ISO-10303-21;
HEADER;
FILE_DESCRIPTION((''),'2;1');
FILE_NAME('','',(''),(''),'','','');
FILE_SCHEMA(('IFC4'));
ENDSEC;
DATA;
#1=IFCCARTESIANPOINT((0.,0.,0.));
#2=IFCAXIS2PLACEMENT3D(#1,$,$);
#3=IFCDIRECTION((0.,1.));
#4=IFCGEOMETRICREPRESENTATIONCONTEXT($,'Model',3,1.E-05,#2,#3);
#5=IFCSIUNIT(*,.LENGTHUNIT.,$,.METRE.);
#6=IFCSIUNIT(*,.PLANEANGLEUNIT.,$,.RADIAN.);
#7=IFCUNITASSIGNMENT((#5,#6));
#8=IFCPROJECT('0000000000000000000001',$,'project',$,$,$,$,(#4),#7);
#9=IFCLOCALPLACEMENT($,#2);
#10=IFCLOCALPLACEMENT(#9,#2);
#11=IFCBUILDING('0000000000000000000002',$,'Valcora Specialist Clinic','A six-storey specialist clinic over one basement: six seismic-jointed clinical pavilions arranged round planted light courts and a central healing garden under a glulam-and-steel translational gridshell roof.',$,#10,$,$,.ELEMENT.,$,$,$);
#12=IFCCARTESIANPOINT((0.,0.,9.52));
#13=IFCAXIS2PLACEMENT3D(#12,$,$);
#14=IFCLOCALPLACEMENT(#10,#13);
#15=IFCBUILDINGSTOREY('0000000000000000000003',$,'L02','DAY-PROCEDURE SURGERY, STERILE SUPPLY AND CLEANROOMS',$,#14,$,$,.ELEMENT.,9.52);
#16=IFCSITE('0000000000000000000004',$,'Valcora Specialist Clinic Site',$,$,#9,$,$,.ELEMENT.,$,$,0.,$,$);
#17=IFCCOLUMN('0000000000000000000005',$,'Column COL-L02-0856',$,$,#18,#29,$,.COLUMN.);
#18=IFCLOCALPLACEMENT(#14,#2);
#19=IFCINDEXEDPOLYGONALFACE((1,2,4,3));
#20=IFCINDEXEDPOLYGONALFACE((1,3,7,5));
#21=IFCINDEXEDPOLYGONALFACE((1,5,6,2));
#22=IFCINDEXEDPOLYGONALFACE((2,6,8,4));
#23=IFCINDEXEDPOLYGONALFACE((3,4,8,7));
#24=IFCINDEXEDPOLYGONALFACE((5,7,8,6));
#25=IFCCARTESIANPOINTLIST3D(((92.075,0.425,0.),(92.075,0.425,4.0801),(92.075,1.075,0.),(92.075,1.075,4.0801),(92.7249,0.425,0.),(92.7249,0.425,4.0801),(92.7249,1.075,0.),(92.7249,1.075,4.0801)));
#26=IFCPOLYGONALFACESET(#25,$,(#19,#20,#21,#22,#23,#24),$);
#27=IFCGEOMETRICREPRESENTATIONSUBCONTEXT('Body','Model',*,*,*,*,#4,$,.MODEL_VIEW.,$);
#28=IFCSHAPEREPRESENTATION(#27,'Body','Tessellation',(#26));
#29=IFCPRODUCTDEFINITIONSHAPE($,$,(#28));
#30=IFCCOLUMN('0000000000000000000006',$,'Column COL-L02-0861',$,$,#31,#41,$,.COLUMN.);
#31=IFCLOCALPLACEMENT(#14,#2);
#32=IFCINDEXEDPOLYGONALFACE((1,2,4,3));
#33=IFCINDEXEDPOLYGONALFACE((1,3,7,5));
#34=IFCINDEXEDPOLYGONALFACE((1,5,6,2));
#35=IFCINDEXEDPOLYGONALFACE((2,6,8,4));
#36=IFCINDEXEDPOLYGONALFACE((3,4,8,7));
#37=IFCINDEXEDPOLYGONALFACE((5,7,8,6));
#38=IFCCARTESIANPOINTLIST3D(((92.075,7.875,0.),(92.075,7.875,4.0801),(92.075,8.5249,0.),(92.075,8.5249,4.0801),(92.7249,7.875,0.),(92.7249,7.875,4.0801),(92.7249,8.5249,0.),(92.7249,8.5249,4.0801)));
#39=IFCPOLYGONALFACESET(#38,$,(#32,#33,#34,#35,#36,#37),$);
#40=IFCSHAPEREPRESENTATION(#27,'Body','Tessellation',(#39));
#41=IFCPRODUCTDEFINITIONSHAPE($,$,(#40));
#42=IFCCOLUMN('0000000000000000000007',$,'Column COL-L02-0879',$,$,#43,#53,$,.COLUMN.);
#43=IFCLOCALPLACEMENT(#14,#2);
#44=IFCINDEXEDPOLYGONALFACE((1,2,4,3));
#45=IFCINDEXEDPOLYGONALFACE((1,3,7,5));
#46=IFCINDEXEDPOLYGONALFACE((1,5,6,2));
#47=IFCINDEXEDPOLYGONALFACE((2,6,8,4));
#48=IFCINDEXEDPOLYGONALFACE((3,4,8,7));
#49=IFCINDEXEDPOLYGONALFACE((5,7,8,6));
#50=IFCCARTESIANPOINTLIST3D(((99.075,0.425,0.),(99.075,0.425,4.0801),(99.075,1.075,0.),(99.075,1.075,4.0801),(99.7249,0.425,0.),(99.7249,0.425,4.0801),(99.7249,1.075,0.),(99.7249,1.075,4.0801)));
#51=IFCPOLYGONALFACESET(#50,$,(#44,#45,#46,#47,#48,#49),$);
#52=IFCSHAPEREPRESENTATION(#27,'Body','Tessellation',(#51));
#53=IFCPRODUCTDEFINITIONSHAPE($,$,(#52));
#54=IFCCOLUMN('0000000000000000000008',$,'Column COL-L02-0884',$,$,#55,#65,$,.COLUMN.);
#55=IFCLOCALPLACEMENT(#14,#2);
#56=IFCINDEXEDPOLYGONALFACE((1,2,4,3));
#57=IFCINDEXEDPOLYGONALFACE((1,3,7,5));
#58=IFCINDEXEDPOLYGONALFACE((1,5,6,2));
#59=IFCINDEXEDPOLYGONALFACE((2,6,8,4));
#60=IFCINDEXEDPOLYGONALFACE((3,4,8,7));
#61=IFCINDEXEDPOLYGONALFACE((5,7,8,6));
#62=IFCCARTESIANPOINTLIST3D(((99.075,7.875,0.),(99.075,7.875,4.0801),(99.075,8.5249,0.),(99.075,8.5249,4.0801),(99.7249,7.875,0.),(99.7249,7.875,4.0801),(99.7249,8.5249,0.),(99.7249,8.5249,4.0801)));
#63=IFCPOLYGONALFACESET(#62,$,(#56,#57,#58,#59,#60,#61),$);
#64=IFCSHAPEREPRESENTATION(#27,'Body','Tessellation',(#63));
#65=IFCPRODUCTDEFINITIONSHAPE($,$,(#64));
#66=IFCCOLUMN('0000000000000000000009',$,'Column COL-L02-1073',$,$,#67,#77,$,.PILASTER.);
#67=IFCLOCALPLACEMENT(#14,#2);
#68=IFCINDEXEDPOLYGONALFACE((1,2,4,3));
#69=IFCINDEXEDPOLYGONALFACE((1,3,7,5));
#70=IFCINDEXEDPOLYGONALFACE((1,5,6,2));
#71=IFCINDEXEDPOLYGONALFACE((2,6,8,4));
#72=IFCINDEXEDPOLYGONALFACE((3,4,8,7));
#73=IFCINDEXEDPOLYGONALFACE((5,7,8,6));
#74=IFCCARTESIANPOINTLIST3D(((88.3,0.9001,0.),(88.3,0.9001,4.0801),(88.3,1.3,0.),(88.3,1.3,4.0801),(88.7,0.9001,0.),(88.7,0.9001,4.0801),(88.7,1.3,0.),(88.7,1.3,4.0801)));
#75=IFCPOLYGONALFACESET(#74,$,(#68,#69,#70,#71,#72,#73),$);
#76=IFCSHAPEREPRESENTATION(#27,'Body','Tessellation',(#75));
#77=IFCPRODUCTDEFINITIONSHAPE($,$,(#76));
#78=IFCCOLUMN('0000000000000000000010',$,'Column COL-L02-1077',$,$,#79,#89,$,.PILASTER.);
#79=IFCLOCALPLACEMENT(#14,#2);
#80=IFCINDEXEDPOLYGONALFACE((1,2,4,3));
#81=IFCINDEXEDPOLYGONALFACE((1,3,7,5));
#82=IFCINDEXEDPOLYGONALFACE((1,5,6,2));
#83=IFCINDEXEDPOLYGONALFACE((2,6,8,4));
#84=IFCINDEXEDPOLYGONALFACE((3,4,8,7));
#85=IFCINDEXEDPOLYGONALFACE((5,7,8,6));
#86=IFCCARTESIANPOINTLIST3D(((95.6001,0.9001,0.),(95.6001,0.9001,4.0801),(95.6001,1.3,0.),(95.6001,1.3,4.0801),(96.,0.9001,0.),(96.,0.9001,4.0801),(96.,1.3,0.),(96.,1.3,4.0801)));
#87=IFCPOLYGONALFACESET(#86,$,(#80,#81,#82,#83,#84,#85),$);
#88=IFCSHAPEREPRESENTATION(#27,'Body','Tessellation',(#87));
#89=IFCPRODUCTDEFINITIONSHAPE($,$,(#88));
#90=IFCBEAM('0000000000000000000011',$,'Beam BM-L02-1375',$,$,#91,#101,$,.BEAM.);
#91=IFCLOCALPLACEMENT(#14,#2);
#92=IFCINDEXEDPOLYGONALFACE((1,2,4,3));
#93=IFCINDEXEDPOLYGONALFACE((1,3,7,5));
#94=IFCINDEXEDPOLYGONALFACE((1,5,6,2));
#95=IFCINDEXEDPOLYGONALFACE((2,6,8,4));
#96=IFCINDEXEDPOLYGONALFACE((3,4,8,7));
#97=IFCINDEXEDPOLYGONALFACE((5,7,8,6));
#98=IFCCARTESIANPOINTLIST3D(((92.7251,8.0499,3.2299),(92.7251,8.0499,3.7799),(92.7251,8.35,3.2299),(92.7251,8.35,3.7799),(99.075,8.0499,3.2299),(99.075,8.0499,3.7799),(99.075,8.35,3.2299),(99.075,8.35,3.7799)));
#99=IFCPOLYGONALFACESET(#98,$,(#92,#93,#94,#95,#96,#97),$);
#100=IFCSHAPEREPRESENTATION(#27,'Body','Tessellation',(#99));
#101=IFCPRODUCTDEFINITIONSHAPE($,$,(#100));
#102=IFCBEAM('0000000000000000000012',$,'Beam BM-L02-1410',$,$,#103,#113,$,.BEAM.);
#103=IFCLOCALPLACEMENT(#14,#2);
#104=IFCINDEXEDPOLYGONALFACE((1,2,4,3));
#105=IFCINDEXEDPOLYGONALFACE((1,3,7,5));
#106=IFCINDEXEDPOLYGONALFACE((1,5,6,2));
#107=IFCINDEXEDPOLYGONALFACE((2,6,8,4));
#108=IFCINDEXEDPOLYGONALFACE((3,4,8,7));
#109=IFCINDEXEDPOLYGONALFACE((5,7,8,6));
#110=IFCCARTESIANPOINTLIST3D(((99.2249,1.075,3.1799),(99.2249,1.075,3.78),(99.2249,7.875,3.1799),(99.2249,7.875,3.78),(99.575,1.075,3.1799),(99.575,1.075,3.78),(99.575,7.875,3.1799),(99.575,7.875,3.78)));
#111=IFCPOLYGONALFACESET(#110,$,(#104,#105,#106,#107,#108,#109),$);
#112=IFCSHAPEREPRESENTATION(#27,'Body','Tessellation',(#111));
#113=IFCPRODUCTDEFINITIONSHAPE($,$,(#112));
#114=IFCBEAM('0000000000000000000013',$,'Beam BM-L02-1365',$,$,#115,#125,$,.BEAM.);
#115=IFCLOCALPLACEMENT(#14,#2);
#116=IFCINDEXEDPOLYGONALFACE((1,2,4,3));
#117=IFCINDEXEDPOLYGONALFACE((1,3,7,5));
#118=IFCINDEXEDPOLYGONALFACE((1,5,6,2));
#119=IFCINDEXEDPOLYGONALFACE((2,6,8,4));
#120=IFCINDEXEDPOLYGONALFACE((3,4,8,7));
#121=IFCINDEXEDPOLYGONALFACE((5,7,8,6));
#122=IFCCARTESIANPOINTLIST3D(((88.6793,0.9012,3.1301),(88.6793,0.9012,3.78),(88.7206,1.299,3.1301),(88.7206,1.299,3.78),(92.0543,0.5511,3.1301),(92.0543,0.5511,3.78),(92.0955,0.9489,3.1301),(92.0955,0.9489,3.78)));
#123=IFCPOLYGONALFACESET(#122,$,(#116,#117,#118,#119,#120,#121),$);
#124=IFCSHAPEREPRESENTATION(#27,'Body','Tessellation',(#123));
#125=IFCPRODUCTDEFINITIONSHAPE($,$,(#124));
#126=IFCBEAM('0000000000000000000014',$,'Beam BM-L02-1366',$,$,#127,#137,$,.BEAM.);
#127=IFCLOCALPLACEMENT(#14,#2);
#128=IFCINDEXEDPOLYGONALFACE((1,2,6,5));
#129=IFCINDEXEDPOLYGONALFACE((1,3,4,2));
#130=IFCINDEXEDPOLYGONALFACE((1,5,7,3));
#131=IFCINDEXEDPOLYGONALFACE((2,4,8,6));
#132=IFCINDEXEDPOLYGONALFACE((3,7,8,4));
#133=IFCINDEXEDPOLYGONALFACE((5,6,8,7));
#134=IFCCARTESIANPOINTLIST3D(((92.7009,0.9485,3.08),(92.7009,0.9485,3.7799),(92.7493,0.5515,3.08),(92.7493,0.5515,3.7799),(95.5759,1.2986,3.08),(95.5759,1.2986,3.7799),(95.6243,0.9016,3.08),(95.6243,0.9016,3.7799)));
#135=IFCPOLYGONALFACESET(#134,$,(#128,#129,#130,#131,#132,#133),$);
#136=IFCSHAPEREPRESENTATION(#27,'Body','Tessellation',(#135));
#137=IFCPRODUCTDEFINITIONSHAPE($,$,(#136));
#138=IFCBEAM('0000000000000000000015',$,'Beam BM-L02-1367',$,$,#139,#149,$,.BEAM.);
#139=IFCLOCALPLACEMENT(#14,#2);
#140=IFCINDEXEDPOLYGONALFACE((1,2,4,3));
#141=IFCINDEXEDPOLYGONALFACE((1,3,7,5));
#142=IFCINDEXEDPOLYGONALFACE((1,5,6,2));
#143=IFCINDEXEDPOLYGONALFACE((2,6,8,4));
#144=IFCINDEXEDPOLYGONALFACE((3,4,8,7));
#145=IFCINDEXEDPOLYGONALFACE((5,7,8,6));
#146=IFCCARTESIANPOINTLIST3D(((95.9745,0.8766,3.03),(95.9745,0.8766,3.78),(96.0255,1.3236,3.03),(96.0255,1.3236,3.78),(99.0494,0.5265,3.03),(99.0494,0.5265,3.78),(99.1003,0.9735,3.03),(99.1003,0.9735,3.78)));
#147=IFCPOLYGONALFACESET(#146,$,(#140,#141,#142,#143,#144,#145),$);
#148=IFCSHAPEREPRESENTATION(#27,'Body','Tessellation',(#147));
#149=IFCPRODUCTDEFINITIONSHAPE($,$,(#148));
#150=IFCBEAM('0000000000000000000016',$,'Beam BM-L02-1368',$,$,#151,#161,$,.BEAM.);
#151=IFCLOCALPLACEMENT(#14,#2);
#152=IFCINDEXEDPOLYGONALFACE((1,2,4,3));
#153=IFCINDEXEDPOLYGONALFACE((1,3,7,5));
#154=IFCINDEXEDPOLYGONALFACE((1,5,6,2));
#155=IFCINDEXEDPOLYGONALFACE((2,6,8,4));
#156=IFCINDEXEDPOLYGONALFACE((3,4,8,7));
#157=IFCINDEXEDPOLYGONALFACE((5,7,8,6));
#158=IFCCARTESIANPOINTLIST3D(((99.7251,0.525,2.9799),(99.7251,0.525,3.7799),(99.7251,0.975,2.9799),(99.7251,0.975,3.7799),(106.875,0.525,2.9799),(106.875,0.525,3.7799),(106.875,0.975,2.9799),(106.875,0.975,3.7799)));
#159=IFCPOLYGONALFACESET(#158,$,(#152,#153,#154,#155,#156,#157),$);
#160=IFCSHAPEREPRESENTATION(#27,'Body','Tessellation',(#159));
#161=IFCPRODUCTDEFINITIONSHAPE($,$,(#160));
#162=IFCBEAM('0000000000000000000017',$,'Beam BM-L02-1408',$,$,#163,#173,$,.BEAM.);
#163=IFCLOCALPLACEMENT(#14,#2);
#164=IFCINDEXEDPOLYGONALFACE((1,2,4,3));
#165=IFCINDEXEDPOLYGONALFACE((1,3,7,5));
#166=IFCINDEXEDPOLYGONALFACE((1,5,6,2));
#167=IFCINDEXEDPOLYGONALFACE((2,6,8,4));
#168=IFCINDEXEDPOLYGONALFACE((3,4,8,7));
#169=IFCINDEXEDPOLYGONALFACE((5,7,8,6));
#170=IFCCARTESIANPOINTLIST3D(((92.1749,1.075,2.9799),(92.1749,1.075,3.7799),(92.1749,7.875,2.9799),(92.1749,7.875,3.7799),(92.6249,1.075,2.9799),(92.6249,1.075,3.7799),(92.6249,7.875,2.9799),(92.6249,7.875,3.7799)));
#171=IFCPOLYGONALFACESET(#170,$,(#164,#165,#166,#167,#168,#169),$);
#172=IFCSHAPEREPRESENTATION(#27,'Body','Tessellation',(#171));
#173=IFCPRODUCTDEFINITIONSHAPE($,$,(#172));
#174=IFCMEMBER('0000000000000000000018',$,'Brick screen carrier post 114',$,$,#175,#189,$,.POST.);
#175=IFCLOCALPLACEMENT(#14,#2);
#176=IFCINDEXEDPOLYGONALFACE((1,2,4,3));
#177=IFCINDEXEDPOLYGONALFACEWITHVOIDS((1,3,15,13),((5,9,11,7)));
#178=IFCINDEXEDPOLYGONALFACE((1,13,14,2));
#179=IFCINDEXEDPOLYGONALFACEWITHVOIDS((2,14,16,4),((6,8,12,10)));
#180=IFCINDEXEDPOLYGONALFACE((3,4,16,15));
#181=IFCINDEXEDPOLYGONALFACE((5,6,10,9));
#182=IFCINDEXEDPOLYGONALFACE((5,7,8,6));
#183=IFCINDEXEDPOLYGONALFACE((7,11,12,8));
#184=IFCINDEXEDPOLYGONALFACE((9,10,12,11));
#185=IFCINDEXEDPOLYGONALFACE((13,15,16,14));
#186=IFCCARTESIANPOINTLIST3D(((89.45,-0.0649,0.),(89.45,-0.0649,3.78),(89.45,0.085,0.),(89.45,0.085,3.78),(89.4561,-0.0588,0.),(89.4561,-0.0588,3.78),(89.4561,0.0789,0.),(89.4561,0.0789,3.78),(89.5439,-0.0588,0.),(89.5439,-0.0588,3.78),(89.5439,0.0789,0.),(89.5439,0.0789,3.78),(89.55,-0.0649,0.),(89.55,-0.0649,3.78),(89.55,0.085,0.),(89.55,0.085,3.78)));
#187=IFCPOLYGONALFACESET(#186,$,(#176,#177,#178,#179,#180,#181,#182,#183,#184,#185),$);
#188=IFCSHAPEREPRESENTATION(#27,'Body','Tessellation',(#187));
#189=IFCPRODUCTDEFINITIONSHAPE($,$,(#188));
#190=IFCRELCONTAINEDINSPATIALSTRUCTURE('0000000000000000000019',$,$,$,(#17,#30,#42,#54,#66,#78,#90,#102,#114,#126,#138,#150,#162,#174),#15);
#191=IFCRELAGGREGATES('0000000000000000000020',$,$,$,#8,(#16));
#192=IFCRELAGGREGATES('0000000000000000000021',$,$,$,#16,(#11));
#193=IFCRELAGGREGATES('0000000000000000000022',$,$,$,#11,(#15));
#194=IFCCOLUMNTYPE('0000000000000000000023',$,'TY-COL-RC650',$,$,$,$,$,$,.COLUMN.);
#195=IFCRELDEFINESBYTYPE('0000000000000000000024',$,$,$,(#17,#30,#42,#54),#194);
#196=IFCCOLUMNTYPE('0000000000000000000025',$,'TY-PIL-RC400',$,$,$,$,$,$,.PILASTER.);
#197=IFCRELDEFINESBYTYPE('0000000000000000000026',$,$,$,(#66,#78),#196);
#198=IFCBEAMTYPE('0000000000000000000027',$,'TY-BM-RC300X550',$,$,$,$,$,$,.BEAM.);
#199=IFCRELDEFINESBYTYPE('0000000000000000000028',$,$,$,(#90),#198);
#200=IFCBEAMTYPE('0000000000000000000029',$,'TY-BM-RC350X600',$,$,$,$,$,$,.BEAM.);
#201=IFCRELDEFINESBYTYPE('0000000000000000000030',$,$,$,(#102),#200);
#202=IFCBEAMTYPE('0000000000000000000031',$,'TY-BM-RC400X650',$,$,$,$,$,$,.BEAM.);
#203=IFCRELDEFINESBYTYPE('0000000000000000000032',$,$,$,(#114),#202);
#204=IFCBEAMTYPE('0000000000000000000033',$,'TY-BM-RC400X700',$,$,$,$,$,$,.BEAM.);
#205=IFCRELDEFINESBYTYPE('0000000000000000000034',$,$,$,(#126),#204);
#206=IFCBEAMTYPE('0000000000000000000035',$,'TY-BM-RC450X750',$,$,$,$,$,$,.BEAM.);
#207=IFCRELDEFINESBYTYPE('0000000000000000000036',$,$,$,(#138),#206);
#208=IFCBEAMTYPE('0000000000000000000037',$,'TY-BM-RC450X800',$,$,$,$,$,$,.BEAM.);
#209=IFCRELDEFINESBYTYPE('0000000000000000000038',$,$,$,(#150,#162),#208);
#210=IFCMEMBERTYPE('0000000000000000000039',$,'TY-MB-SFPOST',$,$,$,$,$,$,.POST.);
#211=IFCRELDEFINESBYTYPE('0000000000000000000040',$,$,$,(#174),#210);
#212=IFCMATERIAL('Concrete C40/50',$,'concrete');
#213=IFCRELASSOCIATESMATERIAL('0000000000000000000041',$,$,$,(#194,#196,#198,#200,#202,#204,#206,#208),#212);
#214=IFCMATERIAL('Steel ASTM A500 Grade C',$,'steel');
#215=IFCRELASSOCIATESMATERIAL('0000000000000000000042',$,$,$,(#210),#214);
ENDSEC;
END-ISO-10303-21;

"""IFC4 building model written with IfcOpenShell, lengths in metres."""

from ifc_helpers import new_model, si_unit, direction, frame, origin, origin_2d, place, context, subcontext, project, spatial, rectangle, hollow_rectangle, extrude, material, material_profile, profile_set, type_object, element, save


model = new_model("IFC4")

# Units and contexts
model_context = context("Model", 3, precision=1e-05, world=origin(), true_north=direction((0.0, 1.0)))
body_context = subcontext(model_context, "Body", "Model", "MODEL_VIEW")
ifc_project = project(units=[si_unit("LENGTHUNIT", "METRE"), si_unit("PLANEANGLEUNIT", "RADIAN")], contexts=[model_context])

# Site, building, storey
site_placement = place(None, origin())
site = spatial("IfcSite", under=ifc_project, at=site_placement, Name="Valcora Specialist Clinic Site", CompositionType="ELEMENT", RefElevation=0.0)
building_placement = place(site_placement, origin())
building = spatial("IfcBuilding", under=site, at=building_placement, Name="Valcora Specialist Clinic", Description="A six-storey specialist clinic over one basement: six seismic-jointed clinical pavilions arranged round planted light courts and a central healing garden under a glulam-and-steel translational gridshell roof.", CompositionType="ELEMENT")
storey_placement = place(building_placement, frame((0.0, 0.0, 9.52)))
storey = spatial("IfcBuildingStorey", under=building, at=storey_placement, Name="L02", Description="DAY-PROCEDURE SURGERY, STERILE SUPPLY AND CLEANROOMS", CompositionType="ELEMENT", Elevation=9.52)

# Columns
ifc_material_1 = material(Name="Concrete C40/50", Category="concrete")
ifc_material_profile_1 = material_profile(ifc_material_1, rectangle(XDim=0.6499, YDim=0.6499, at=origin_2d()), Name="RC-COL-650X650")
ifc_profile_set_1 = profile_set([ifc_material_profile_1], Name="Concrete C40/50")
column_type_1 = type_object("IfcColumnType", Name="TY-COL-RC650", PredefinedType="COLUMN", material=ifc_profile_set_1)
for number, where, z_axis, x_axis, name in (
    (1, (92.3999, 0.75, 0.0), (0.0, 0.0, 1.0), (1.0, 0.0, 0.0), "Column COL-L02-0856"),
    (2, (92.3999, 8.2, 0.0), (0.0, 0.0, 1.0), (1.0, 0.0, 0.0), "Column COL-L02-0861"),
    (3, (99.3999, 0.75, 0.0), (0.0, 0.0, 1.0), (1.0, 0.0, 0.0), "Column COL-L02-0879"),
    (4, (99.3999, 8.2, 0.0), (0.0, 0.0, 1.0), (1.0, 0.0, 0.0), "Column COL-L02-0884"),
):
    element("IfcColumn", number, at=place(storey_placement, frame(where, z_axis=z_axis, x_axis=x_axis)), inside=storey, type_object=column_type_1, Name=name, PredefinedType="COLUMN", context=body_context, shape_type="SweptSolid", body=[
        extrude(rectangle(XDim=0.6499, YDim=0.6499, at=origin_2d()), origin(), (0.0, 0.0, 1.0), 4.0801),
    ])
ifc_material_profile_2 = material_profile(ifc_material_1, rectangle(XDim=0.3999, YDim=0.3999, at=origin_2d()), Name="RC-COL-400X400")
ifc_profile_set_2 = profile_set([ifc_material_profile_2], Name="Concrete C40/50")
column_type_2 = type_object("IfcColumnType", Name="TY-PIL-RC400", PredefinedType="PILASTER", material=ifc_profile_set_2)
for number, where, z_axis, x_axis, name in (
    (5, (88.5, 1.1001, 0.0), (0.0, 0.0, 1.0), (1.0, 0.0, 0.0), "Column COL-L02-1073"),
    (6, (95.8, 1.1001, 0.0), (0.0, 0.0, 1.0), (1.0, 0.0, 0.0), "Column COL-L02-1077"),
):
    element("IfcColumn", number, at=place(storey_placement, frame(where, z_axis=z_axis, x_axis=x_axis)), inside=storey, type_object=column_type_2, Name=name, PredefinedType="PILASTER", context=body_context, shape_type="SweptSolid", body=[
        extrude(rectangle(XDim=0.3999, YDim=0.3999, at=origin_2d()), origin(), (0.0, 0.0, 1.0), 4.0801),
    ])

# Beams
ifc_material_profile_3 = material_profile(ifc_material_1, rectangle(XDim=0.3, YDim=0.55, at=origin_2d()), Name="RC-BM-300X550")
ifc_profile_set_3 = profile_set([ifc_material_profile_3], Name="Concrete C40/50")
beam_type_1 = type_object("IfcBeamType", Name="TY-BM-RC300X550", PredefinedType="BEAM", material=ifc_profile_set_3)
beam_1_placement = place(storey_placement, frame((92.7251, 8.2, 3.5049), z_axis=(1.0, 0.0, 0.0), x_axis=(0.0, 1.0, 0.0)))
element("IfcBeam", 7, at=beam_1_placement, inside=storey, type_object=beam_type_1, Name="Beam BM-L02-1375", PredefinedType="BEAM", context=body_context, shape_type="SweptSolid", body=[
    extrude(rectangle(XDim=0.3, YDim=0.55, at=origin_2d()), origin(), (0.0, 0.0, 1.0), 6.3499),
])
ifc_material_profile_4 = material_profile(ifc_material_1, rectangle(XDim=0.3501, YDim=0.6001, at=origin_2d()), Name="RC-BM-350X600")
ifc_profile_set_4 = profile_set([ifc_material_profile_4], Name="Concrete C40/50")
beam_type_2 = type_object("IfcBeamType", Name="TY-BM-RC350X600", PredefinedType="BEAM", material=ifc_profile_set_4)
beam_2_placement = place(storey_placement, frame((99.3999, 1.075, 3.48), z_axis=(0.0, 1.0, 0.0), x_axis=(-1.0, 0.0, 0.0)))
element("IfcBeam", 8, at=beam_2_placement, inside=storey, type_object=beam_type_2, Name="Beam BM-L02-1410", PredefinedType="BEAM", context=body_context, shape_type="SweptSolid", body=[
    extrude(rectangle(XDim=0.3501, YDim=0.6001, at=origin_2d()), origin(), (0.0, 0.0, 1.0), 6.8),
])
ifc_material_profile_5 = material_profile(ifc_material_1, rectangle(XDim=0.3999, YDim=0.6499, at=origin_2d()), Name="RC-BM-400X650")
ifc_profile_set_5 = profile_set([ifc_material_profile_5], Name="Concrete C40/50")
beam_type_3 = type_object("IfcBeamType", Name="TY-BM-RC400X650", PredefinedType="BEAM", material=ifc_profile_set_5)
beam_3_placement = place(storey_placement, frame((88.7, 1.1001, 3.4551), z_axis=(0.994663, -0.103179, 0.0), x_axis=(0.103179, 0.994663, 0.0)))
element("IfcBeam", 9, at=beam_3_placement, inside=storey, type_object=beam_type_3, Name="Beam BM-L02-1365", PredefinedType="BEAM", context=body_context, shape_type="SweptSolid", body=[
    extrude(rectangle(XDim=0.3999, YDim=0.6499, at=origin_2d()), origin(), (0.0, 0.0, 1.0), 3.3931),
])
ifc_material_profile_6 = material_profile(ifc_material_1, rectangle(XDim=0.3999, YDim=0.7, at=origin_2d()), Name="RC-BM-400X700")
ifc_profile_set_6 = profile_set([ifc_material_profile_6], Name="Concrete C40/50")
beam_type_4 = type_object("IfcBeamType", Name="TY-BM-RC400X700", PredefinedType="BEAM", material=ifc_profile_set_6)
beam_4_placement = place(storey_placement, frame((92.7251, 0.75, 3.4299), z_axis=(0.992667, 0.12088, 0.0), x_axis=(-0.12088, 0.992667, 0.0)))
element("IfcBeam", 10, at=beam_4_placement, inside=storey, type_object=beam_type_4, Name="Beam BM-L02-1366", PredefinedType="BEAM", context=body_context, shape_type="SweptSolid", body=[
    extrude(rectangle(XDim=0.3999, YDim=0.7, at=origin_2d()), origin(), (0.0, 0.0, 1.0), 2.8962),
])
ifc_material_profile_7 = material_profile(ifc_material_1, rectangle(XDim=0.45, YDim=0.75, at=origin_2d()), Name="RC-BM-450X750")
ifc_profile_set_7 = profile_set([ifc_material_profile_7], Name="Concrete C40/50")
beam_type_5 = type_object("IfcBeamType", Name="TY-BM-RC450X750", PredefinedType="BEAM", material=ifc_profile_set_7)
beam_5_placement = place(storey_placement, frame((96.0, 1.1001, 3.405), z_axis=(0.993581, -0.113124, 0.0), x_axis=(0.113124, 0.993581, 0.0)))
element("IfcBeam", 11, at=beam_5_placement, inside=storey, type_object=beam_type_5, Name="Beam BM-L02-1367", PredefinedType="BEAM", context=body_context, shape_type="SweptSolid", body=[
    extrude(rectangle(XDim=0.45, YDim=0.75, at=origin_2d()), origin(), (0.0, 0.0, 1.0), 3.0947),
])
ifc_material_profile_8 = material_profile(ifc_material_1, rectangle(XDim=0.45, YDim=0.8, at=origin_2d()), Name="RC-BM-450X800")
ifc_profile_set_8 = profile_set([ifc_material_profile_8], Name="Concrete C40/50")
beam_type_6 = type_object("IfcBeamType", Name="TY-BM-RC450X800", PredefinedType="BEAM", material=ifc_profile_set_8)
beam_6_placement = place(storey_placement, frame((99.7251, 0.75, 3.3799), z_axis=(1.0, 0.0, 0.0), x_axis=(0.0, 1.0, 0.0)))
element("IfcBeam", 12, at=beam_6_placement, inside=storey, type_object=beam_type_6, Name="Beam BM-L02-1368", PredefinedType="BEAM", context=body_context, shape_type="SweptSolid", body=[
    extrude(rectangle(XDim=0.45, YDim=0.8, at=origin_2d()), origin(), (0.0, 0.0, 1.0), 7.1499),
])
beam_7_placement = place(storey_placement, frame((92.3999, 1.075, 3.3799), z_axis=(0.0, 1.0, 0.0), x_axis=(-1.0, 0.0, 0.0)))
element("IfcBeam", 13, at=beam_7_placement, inside=storey, type_object=beam_type_6, Name="Beam BM-L02-1408", PredefinedType="BEAM", context=body_context, shape_type="SweptSolid", body=[
    extrude(rectangle(XDim=0.45, YDim=0.8, at=origin_2d()), origin(), (0.0, 0.0, 1.0), 6.8),
])

# Member
ifc_material_2 = material(Name="Steel ASTM A500 Grade C", Category="steel")
ifc_material_profile_9 = material_profile(ifc_material_2, hollow_rectangle(XDim=0.1001, YDim=0.1499, WallThickness=0.0061, at=origin_2d()), Name="ST-RHS-150X100X6")
ifc_profile_set_9 = profile_set([ifc_material_profile_9], Name="Steel ASTM A500 Grade C")
member_type_1 = type_object("IfcMemberType", Name="TY-MB-SFPOST", PredefinedType="POST", material=ifc_profile_set_9)
for number, where, z_axis, x_axis, name in (
    (14, (89.5, 0.01, 0.0), (0.0, 0.0, 1.0), (1.0, 0.0, 0.0), "Brick screen carrier post 114"),
):
    element("IfcMember", number, at=place(storey_placement, frame(where, z_axis=z_axis, x_axis=x_axis)), inside=storey, type_object=member_type_1, Name=name, PredefinedType="POST", context=body_context, shape_type="SweptSolid", body=[
        extrude(hollow_rectangle(XDim=0.1001, YDim=0.1499, WallThickness=0.0061, at=origin_2d()), origin(), (0.0, 0.0, 1.0), 3.78),
    ])

save(model, "model.ifc")
